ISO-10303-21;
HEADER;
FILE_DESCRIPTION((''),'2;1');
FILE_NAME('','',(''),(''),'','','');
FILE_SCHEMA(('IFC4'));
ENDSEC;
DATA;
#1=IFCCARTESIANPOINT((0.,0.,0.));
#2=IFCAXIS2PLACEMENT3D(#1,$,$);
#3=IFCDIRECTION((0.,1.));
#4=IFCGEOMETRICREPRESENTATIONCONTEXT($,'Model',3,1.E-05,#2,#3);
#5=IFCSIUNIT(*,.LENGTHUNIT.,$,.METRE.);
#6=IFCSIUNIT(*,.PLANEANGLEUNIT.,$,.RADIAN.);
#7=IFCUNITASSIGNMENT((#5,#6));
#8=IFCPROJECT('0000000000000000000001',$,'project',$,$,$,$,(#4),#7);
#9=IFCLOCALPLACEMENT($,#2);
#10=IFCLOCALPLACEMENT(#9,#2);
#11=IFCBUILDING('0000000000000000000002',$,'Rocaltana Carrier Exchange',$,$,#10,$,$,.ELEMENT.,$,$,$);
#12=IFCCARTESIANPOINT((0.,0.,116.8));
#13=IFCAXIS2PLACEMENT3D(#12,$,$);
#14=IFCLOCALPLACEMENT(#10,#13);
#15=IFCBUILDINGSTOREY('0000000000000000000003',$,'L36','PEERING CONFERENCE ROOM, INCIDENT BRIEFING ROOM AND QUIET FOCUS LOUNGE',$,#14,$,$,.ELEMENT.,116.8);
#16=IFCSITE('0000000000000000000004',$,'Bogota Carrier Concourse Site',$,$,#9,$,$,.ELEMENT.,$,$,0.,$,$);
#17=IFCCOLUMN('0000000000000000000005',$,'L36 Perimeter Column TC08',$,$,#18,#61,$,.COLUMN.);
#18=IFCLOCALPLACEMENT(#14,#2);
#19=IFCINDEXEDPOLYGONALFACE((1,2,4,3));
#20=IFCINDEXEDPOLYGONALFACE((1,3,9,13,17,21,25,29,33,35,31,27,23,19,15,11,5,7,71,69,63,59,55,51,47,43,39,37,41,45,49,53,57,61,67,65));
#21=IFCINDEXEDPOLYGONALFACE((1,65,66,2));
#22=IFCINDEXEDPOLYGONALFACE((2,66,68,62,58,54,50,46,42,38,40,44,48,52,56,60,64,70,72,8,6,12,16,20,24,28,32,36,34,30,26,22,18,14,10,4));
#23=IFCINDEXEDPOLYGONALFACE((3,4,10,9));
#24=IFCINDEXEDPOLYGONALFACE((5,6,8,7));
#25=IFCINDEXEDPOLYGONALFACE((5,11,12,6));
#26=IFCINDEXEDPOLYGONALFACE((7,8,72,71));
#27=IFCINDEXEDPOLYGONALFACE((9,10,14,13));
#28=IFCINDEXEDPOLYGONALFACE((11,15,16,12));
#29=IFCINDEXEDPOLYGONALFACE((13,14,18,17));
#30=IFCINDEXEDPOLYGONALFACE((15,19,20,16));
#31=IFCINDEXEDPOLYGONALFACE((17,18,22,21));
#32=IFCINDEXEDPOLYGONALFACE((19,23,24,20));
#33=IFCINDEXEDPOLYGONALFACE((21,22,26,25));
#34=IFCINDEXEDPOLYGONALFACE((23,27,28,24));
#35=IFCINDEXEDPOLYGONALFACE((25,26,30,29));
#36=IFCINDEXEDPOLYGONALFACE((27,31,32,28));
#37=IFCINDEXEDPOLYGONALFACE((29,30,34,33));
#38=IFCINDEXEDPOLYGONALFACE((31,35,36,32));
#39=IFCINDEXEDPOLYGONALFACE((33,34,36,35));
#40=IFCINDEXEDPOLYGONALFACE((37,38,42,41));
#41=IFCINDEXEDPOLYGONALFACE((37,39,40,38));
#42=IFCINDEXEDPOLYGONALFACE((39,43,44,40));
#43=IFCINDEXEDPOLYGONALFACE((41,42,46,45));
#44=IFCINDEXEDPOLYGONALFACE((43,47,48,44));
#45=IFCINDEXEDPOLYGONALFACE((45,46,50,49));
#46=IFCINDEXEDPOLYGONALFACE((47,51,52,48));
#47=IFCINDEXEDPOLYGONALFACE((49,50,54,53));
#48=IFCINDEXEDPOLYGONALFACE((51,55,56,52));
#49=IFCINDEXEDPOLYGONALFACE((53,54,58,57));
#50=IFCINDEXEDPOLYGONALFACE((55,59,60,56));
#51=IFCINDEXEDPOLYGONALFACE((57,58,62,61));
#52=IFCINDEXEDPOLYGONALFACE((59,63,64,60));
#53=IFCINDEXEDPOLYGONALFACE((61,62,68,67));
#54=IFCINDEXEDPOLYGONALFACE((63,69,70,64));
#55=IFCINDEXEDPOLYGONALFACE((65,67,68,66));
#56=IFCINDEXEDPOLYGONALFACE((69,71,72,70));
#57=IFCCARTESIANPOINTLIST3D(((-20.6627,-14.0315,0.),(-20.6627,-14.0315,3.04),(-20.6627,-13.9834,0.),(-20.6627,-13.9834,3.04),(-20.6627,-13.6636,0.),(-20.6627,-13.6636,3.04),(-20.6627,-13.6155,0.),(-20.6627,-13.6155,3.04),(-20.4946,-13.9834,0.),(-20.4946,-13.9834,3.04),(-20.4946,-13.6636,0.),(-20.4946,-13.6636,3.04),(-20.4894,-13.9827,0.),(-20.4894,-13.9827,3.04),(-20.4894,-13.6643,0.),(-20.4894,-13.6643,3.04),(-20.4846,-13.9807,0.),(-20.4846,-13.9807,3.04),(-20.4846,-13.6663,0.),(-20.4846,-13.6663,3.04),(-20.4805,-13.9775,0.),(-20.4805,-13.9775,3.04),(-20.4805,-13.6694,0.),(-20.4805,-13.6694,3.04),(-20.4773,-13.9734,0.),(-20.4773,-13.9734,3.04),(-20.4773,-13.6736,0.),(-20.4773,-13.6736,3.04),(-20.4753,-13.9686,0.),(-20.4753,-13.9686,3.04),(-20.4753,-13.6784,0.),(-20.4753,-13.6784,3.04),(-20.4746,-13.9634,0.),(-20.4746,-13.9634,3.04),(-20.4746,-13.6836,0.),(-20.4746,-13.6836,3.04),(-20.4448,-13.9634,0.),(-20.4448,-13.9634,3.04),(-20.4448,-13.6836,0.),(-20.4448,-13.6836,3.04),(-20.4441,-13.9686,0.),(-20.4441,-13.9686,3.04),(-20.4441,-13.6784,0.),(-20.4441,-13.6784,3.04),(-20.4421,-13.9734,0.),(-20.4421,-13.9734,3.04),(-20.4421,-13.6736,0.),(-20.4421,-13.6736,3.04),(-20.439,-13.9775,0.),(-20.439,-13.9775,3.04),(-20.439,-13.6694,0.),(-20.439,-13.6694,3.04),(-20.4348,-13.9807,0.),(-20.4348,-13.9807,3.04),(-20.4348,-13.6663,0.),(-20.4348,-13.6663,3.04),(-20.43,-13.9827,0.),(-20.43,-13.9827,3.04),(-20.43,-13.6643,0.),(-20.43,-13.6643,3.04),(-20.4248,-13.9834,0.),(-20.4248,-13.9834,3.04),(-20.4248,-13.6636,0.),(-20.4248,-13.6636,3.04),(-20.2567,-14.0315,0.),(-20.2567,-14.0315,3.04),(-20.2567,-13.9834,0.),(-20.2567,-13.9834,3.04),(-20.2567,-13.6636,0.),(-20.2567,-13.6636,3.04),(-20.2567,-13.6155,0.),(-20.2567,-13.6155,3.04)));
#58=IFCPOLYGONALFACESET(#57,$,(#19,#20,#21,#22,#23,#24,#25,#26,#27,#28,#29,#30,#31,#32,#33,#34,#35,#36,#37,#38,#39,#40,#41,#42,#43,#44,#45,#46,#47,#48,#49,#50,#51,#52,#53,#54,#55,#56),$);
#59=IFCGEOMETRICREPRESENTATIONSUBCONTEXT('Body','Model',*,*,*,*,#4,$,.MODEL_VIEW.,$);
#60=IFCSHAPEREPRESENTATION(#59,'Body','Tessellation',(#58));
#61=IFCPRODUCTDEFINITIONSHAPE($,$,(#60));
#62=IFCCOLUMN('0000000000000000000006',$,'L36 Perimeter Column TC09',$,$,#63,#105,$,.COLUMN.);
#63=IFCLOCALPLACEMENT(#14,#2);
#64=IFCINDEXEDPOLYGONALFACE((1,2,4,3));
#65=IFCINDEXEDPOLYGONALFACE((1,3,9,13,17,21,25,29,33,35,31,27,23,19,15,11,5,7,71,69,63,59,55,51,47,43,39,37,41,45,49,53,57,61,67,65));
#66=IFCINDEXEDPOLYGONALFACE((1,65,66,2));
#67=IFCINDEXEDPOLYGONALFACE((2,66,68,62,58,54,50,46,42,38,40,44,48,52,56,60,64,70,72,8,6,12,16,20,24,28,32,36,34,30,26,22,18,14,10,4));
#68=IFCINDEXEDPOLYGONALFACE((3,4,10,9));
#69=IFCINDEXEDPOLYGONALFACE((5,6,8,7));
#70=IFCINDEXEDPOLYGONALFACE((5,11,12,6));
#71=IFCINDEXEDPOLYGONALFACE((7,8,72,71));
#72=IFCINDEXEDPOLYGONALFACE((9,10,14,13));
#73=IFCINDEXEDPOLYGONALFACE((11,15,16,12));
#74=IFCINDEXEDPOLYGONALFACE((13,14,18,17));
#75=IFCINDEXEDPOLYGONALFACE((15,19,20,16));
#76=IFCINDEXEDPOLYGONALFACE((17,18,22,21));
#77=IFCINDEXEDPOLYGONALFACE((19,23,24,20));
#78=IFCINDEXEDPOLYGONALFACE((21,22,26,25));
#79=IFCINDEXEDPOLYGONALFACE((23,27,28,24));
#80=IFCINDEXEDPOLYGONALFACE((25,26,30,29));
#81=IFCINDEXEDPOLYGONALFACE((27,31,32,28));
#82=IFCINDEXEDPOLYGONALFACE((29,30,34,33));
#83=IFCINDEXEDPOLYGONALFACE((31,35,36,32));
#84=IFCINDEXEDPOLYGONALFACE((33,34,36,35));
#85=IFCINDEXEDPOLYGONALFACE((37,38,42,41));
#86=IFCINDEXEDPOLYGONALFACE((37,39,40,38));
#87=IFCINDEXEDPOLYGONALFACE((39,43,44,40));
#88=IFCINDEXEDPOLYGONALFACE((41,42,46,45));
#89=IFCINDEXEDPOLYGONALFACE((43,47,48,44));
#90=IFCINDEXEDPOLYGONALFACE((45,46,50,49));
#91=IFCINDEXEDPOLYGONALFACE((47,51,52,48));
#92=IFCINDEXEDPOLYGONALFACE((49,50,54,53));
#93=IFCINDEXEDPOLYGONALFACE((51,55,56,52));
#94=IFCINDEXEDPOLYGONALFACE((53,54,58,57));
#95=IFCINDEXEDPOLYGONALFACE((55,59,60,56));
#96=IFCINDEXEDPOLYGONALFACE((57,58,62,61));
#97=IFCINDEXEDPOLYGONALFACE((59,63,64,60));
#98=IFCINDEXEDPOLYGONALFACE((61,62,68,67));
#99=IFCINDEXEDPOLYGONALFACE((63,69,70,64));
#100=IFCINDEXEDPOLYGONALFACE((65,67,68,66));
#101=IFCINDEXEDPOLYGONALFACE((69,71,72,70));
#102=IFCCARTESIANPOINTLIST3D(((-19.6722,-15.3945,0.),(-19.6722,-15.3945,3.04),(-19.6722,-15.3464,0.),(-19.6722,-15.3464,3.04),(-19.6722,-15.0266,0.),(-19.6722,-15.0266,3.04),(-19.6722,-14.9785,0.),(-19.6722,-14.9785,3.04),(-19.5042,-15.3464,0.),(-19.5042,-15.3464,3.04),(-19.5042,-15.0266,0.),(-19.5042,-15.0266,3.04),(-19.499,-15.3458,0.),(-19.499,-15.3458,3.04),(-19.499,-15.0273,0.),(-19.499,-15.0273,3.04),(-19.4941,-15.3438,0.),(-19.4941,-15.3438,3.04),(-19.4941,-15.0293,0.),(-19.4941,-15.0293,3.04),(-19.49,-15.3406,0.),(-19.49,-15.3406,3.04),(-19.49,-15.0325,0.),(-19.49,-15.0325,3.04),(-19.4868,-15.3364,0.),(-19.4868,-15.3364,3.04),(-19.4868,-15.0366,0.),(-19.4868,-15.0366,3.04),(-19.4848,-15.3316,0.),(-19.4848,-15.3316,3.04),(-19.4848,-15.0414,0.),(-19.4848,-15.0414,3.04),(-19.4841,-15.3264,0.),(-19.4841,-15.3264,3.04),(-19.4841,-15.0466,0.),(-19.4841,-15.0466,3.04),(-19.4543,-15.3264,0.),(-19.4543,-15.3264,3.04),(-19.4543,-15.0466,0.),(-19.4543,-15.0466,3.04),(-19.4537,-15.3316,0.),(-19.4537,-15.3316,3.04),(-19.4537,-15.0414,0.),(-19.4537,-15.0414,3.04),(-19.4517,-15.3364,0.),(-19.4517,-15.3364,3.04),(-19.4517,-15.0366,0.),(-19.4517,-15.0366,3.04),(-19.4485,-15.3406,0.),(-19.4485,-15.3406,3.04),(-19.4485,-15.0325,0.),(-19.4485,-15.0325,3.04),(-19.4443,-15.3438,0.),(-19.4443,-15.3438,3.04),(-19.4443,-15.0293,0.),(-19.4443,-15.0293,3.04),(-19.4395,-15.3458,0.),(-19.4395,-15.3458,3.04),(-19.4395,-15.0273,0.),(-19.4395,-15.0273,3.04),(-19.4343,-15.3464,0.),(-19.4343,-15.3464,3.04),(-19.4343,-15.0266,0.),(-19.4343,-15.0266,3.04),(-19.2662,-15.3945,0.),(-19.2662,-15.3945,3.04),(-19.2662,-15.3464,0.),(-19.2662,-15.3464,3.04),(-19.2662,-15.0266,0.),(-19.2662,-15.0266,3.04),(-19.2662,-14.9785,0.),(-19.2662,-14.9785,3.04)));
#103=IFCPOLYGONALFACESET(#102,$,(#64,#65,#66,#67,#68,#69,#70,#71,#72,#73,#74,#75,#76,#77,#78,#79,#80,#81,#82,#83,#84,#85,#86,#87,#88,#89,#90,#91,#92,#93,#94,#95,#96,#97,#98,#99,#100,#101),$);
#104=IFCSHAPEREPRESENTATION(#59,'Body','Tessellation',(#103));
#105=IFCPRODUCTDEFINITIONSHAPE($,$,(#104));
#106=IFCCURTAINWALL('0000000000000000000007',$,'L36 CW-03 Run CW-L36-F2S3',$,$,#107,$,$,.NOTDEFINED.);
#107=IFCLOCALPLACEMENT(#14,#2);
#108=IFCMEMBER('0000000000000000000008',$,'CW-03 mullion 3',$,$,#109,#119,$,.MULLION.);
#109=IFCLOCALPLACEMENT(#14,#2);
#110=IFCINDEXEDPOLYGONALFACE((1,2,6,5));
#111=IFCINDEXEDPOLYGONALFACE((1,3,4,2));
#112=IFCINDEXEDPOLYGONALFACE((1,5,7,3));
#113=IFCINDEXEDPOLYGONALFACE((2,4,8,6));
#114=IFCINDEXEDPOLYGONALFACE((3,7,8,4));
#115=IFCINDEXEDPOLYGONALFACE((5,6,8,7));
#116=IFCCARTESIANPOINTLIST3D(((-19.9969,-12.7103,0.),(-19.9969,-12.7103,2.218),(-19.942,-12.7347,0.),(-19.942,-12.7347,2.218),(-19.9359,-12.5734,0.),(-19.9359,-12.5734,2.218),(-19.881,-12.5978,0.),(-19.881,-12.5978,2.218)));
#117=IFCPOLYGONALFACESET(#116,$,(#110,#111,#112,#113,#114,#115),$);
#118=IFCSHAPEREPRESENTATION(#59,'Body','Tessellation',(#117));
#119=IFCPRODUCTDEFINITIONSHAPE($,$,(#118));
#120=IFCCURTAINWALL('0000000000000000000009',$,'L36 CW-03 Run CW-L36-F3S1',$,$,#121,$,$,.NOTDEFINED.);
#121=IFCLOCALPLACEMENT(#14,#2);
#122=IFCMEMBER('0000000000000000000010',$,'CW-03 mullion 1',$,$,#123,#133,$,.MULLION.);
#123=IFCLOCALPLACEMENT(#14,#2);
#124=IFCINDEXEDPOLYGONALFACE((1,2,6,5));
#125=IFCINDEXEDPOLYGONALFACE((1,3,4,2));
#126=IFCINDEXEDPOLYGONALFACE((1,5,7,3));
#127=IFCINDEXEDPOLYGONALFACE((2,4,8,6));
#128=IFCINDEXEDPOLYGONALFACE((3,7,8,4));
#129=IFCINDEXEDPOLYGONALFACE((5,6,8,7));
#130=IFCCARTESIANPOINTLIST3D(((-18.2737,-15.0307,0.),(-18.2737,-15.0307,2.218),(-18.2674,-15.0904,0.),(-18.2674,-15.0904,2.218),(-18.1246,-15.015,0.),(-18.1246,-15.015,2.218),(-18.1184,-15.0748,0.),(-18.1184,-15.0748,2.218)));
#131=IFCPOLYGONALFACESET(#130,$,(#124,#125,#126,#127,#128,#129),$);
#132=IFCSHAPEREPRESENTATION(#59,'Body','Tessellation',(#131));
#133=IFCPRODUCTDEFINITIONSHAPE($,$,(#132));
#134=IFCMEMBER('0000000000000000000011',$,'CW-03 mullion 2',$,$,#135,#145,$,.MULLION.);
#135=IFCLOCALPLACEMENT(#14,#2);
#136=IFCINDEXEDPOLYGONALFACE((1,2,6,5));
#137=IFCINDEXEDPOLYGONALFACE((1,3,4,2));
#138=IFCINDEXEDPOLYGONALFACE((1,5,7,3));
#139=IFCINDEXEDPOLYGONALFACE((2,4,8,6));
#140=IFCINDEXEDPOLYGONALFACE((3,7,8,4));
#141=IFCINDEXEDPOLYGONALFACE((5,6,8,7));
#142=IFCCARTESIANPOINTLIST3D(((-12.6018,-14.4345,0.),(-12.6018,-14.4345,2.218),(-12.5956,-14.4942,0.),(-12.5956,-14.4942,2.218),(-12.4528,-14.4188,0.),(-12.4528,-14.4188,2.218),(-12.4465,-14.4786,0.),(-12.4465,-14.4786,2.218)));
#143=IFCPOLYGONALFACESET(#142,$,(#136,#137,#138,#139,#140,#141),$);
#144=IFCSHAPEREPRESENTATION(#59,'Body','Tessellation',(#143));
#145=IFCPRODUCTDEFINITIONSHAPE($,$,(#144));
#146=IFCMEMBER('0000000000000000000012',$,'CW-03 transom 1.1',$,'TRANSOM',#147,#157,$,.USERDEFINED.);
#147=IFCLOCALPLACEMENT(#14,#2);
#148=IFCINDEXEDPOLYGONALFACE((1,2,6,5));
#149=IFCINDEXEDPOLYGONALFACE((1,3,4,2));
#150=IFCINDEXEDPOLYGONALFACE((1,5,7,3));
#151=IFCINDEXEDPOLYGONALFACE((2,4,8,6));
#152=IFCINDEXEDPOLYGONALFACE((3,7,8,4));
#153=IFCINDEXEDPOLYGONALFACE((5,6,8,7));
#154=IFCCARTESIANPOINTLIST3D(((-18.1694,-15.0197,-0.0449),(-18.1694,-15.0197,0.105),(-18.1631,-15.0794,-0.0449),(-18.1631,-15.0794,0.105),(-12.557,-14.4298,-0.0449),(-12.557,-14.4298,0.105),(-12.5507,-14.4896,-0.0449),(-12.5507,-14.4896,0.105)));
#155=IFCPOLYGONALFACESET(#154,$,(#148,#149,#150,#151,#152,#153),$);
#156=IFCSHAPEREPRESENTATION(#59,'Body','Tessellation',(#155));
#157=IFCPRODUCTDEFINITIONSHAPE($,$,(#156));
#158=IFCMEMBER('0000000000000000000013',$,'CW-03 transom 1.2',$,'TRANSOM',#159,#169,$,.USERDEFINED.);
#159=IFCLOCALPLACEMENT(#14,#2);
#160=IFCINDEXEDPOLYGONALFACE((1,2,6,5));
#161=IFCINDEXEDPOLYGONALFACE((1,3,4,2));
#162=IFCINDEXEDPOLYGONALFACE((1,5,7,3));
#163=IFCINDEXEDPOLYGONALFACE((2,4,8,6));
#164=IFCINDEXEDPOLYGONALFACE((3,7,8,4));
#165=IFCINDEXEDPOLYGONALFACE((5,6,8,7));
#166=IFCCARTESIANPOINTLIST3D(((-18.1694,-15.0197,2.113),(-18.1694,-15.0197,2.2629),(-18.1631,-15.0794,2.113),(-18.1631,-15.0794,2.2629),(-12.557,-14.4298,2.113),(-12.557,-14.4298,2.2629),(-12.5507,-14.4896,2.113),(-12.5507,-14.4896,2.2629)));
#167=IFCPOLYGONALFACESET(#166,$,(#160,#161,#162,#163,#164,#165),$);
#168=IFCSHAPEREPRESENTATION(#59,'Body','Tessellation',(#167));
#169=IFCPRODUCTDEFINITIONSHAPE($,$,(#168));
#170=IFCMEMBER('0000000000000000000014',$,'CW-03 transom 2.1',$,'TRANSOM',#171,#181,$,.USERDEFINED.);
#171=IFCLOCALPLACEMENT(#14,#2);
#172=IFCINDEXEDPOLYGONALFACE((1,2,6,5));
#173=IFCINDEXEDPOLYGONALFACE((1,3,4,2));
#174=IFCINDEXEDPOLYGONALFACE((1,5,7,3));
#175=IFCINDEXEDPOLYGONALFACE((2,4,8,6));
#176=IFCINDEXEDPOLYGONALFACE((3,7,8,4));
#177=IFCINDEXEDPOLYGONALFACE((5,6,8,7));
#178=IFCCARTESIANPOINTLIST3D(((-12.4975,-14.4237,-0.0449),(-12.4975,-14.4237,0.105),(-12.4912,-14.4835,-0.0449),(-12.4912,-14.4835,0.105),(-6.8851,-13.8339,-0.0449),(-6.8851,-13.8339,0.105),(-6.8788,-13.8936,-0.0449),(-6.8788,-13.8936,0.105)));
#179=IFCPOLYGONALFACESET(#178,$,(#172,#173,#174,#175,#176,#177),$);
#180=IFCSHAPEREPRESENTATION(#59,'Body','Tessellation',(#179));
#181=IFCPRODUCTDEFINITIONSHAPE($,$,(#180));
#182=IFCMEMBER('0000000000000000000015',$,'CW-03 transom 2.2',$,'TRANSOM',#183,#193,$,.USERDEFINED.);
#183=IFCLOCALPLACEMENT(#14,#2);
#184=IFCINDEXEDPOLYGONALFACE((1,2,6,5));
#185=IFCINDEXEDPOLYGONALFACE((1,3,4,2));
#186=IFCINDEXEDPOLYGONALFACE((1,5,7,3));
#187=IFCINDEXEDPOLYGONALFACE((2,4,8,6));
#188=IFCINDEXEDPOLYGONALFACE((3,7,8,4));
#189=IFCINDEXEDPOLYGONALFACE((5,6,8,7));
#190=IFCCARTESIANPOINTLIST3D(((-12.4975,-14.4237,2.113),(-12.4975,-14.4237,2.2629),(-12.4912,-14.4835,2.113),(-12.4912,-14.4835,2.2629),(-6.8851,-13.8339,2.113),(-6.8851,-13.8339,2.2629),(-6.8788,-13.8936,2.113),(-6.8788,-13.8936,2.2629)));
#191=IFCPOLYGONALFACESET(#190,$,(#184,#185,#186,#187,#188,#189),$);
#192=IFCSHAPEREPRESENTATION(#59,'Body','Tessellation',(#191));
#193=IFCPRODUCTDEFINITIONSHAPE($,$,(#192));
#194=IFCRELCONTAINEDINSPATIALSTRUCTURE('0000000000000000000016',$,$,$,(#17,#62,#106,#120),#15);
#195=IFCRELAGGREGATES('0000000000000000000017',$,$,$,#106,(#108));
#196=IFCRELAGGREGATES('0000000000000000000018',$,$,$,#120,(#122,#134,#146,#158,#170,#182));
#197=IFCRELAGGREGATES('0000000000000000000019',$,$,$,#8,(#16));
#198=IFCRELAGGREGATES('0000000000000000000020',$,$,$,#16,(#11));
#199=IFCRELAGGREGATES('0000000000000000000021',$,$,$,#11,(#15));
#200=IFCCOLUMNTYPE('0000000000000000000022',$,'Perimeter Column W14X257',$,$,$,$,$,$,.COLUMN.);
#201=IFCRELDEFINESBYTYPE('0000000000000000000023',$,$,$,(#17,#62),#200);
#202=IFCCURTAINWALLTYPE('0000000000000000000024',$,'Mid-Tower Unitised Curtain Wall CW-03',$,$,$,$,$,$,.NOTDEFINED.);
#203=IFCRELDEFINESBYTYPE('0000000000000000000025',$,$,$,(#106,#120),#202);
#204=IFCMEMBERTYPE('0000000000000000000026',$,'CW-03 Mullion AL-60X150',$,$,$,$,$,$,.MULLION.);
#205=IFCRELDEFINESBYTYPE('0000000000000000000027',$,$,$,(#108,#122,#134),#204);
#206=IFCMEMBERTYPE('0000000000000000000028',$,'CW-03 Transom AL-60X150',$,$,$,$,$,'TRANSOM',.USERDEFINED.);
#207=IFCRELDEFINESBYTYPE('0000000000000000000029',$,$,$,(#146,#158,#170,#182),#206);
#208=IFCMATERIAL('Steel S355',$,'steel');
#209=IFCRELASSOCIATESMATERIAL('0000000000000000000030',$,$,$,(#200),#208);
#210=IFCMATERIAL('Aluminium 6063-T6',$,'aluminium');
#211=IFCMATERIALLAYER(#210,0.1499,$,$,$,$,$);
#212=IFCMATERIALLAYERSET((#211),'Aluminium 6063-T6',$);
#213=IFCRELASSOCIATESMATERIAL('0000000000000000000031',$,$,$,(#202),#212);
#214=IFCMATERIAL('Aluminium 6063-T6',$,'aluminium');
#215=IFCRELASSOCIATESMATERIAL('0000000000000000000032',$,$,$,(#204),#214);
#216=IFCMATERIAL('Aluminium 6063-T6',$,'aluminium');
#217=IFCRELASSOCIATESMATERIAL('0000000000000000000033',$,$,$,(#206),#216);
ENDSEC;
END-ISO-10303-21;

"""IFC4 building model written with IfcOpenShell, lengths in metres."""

from ifc_helpers import new_model, si_unit, direction, frame, origin, origin_2d, place, context, subcontext, project, spatial, rectangle, i_section, extrude, material, layer, layer_set, material_profile, profile_set, type_object, element, aggregate, save


model = new_model("IFC4")

# Units and contexts
model_context = context("Model", 3, precision=1e-05, world=origin(), true_north=direction((0.0, 1.0)))
body_context = subcontext(model_context, "Body", "Model", "MODEL_VIEW")
ifc_project = project(units=[si_unit("LENGTHUNIT", "METRE"), si_unit("PLANEANGLEUNIT", "RADIAN")], contexts=[model_context])

# Site, building, storey
site_placement = place(None, origin())
site = spatial("IfcSite", under=ifc_project, at=site_placement, Name="Bogota Carrier Concourse Site", CompositionType="ELEMENT", RefElevation=0.0)
building_placement = place(site_placement, origin())
building = spatial("IfcBuilding", under=site, at=building_placement, Name="Rocaltana Carrier Exchange", CompositionType="ELEMENT")
storey_placement = place(building_placement, frame((0.0, 0.0, 116.8)))
storey = spatial("IfcBuildingStorey", under=building, at=storey_placement, Name="L36", Description="PEERING CONFERENCE ROOM, INCIDENT BRIEFING ROOM AND QUIET FOCUS LOUNGE", CompositionType="ELEMENT", Elevation=116.8)

# Columns
ifc_material_1 = material(Name="Steel S355", Category="steel")
ifc_material_profile_1 = material_profile(ifc_material_1, i_section(OverallWidth=0.406, OverallDepth=0.416, WebThickness=0.0298, FlangeThickness=0.0481, FilletRadius=0.02, at=origin_2d()), Name="W14X257")
ifc_profile_set_1 = profile_set([ifc_material_profile_1], Name="Steel S355")
column_type = type_object("IfcColumnType", Name="Perimeter Column W14X257", PredefinedType="COLUMN", material=ifc_profile_set_1)
for number, where, z_axis, x_axis, name in (
    (1, (-20.4597, -13.8235, 0.0), (0.0, 0.0, 1.0), (1.0, 0.0, 0.0), "L36 Perimeter Column TC08"),
    (2, (-19.4692, -15.1865, 0.0), (0.0, 0.0, 1.0), (1.0, 0.0, 0.0), "L36 Perimeter Column TC09"),
):
    element("IfcColumn", number, at=place(storey_placement, frame(where, z_axis=z_axis, x_axis=x_axis)), inside=storey, type_object=column_type, Name=name, PredefinedType="COLUMN", context=body_context, shape_type="SweptSolid", body=[
        extrude(i_section(OverallWidth=0.406, OverallDepth=0.416, WebThickness=0.0298, FlangeThickness=0.0481, FilletRadius=0.02, at=origin_2d()), origin(), (0.0, 0.0, 1.0), 3.04),
    ])

# Curtain wall, member
ifc_material_2 = material(Name="Aluminium 6063-T6", Category="aluminium")
ifc_layer_1 = layer(ifc_material_2, 0.1499)
ifc_layer_set_1 = layer_set([ifc_layer_1], Name="Aluminium 6063-T6")
curtain_wall_type = type_object("IfcCurtainWallType", Name="Mid-Tower Unitised Curtain Wall CW-03", PredefinedType="NOTDEFINED", material=ifc_layer_set_1)
curtain_wall_1_placement = place(storey_placement, origin())
curtain_wall_1 = element("IfcCurtainWall", 3, at=curtain_wall_1_placement, inside=storey, type_object=curtain_wall_type, Name="L36 CW-03 Run CW-L36-F2S3", PredefinedType="NOTDEFINED")
ifc_material_3 = material(Name="Aluminium 6063-T6", Category="aluminium")
ifc_material_profile_2 = material_profile(ifc_material_3, rectangle(XDim=0.0601, YDim=0.1499, at=origin_2d()), Name="AL-60X150")
ifc_profile_set_2 = profile_set([ifc_material_profile_2], Name="Aluminium 6063-T6")
member_type_1 = type_object("IfcMemberType", Name="CW-03 Mullion AL-60X150", PredefinedType="MULLION", material=ifc_profile_set_2)
member_1_placement = place(storey_placement, frame((-19.939, -12.6541, 0.0), z_axis=(0.0, 0.0, 1.0), x_axis=(0.913547, -0.406733, 0.0)))
member_1 = element("IfcMember", 4, at=member_1_placement, type_object=member_type_1, Name="CW-03 mullion 3", PredefinedType="MULLION", context=body_context, shape_type="SweptSolid", body=[
    extrude(rectangle(XDim=0.0601, YDim=0.1499, at=origin_2d()), origin(), (0.0, 0.0, 1.0), 2.218),
])
aggregate(curtain_wall_1, [member_1])

# Curtain wall, members
curtain_wall_2_placement = place(storey_placement, origin())
curtain_wall_2 = element("IfcCurtainWall", 5, at=curtain_wall_2_placement, inside=storey, type_object=curtain_wall_type, Name="L36 CW-03 Run CW-L36-F3S1", PredefinedType="NOTDEFINED")
member_2_placement = place(storey_placement, frame((-18.196, -15.0527, 0.0), z_axis=(0.0, 0.0, 1.0), x_axis=(-0.104522, 0.994523, 0.0)))
member_2 = element("IfcMember", 6, at=member_2_placement, type_object=member_type_1, Name="CW-03 mullion 1", PredefinedType="MULLION", context=body_context, shape_type="SweptSolid", body=[
    extrude(rectangle(XDim=0.0601, YDim=0.1499, at=origin_2d()), origin(), (0.0, 0.0, 1.0), 2.218),
])
member_3_placement = place(storey_placement, frame((-12.5242, -14.4565, 0.0), z_axis=(0.0, 0.0, 1.0), x_axis=(-0.104522, 0.994523, 0.0)))
member_3 = element("IfcMember", 7, at=member_3_placement, type_object=member_type_1, Name="CW-03 mullion 2", PredefinedType="MULLION", context=body_context, shape_type="SweptSolid", body=[
    extrude(rectangle(XDim=0.0601, YDim=0.1499, at=origin_2d()), origin(), (0.0, 0.0, 1.0), 2.218),
])
ifc_material_4 = material(Name="Aluminium 6063-T6", Category="aluminium")
ifc_material_profile_3 = material_profile(ifc_material_4, rectangle(XDim=0.0601, YDim=0.1499, at=origin_2d()), Name="AL-60X150")
ifc_profile_set_3 = profile_set([ifc_material_profile_3], Name="Aluminium 6063-T6")
member_type_2 = type_object("IfcMemberType", Name="CW-03 Transom AL-60X150", ElementType="TRANSOM", PredefinedType="USERDEFINED", material=ifc_profile_set_3)
member_4_placement = place(storey_placement, frame((-18.1663, -15.0496, 0.03), z_axis=(0.994523, 0.104523, 0.0), x_axis=(-0.104523, 0.994523, 0.0)))
member_4 = element("IfcMember", 8, at=member_4_placement, type_object=member_type_2, Name="CW-03 transom 1.1", ObjectType="TRANSOM", PredefinedType="USERDEFINED", context=body_context, shape_type="SweptSolid", body=[
    extrude(rectangle(XDim=0.0601, YDim=0.1499, at=origin_2d()), origin(), (0.0, 0.0, 1.0), 5.6433),
])
member_5_placement = place(storey_placement, frame((-18.1663, -15.0496, 2.188), z_axis=(0.994523, 0.104523, 0.0), x_axis=(-0.104523, 0.994523, 0.0)))
member_5 = element("IfcMember", 9, at=member_5_placement, type_object=member_type_2, Name="CW-03 transom 1.2", ObjectType="TRANSOM", PredefinedType="USERDEFINED", context=body_context, shape_type="SweptSolid", body=[
    extrude(rectangle(XDim=0.0601, YDim=0.1499, at=origin_2d()), origin(), (0.0, 0.0, 1.0), 5.6433),
])
member_6_placement = place(storey_placement, frame((-12.4944, -14.4536, 0.03), z_axis=(0.994523, 0.104523, 0.0), x_axis=(-0.104523, 0.994523, 0.0)))
member_6 = element("IfcMember", 10, at=member_6_placement, type_object=member_type_2, Name="CW-03 transom 2.1", ObjectType="TRANSOM", PredefinedType="USERDEFINED", context=body_context, shape_type="SweptSolid", body=[
    extrude(rectangle(XDim=0.0601, YDim=0.1499, at=origin_2d()), origin(), (0.0, 0.0, 1.0), 5.6433),
])
member_7_placement = place(storey_placement, frame((-12.4944, -14.4536, 2.188), z_axis=(0.994523, 0.104523, 0.0), x_axis=(-0.104523, 0.994523, 0.0)))
member_7 = element("IfcMember", 11, at=member_7_placement, type_object=member_type_2, Name="CW-03 transom 2.2", ObjectType="TRANSOM", PredefinedType="USERDEFINED", context=body_context, shape_type="SweptSolid", body=[
    extrude(rectangle(XDim=0.0601, YDim=0.1499, at=origin_2d()), origin(), (0.0, 0.0, 1.0), 5.6433),
])

aggregate(curtain_wall_2, [member_2, member_3, member_4, member_5, member_6, member_7])

save(model, "model.ifc")
